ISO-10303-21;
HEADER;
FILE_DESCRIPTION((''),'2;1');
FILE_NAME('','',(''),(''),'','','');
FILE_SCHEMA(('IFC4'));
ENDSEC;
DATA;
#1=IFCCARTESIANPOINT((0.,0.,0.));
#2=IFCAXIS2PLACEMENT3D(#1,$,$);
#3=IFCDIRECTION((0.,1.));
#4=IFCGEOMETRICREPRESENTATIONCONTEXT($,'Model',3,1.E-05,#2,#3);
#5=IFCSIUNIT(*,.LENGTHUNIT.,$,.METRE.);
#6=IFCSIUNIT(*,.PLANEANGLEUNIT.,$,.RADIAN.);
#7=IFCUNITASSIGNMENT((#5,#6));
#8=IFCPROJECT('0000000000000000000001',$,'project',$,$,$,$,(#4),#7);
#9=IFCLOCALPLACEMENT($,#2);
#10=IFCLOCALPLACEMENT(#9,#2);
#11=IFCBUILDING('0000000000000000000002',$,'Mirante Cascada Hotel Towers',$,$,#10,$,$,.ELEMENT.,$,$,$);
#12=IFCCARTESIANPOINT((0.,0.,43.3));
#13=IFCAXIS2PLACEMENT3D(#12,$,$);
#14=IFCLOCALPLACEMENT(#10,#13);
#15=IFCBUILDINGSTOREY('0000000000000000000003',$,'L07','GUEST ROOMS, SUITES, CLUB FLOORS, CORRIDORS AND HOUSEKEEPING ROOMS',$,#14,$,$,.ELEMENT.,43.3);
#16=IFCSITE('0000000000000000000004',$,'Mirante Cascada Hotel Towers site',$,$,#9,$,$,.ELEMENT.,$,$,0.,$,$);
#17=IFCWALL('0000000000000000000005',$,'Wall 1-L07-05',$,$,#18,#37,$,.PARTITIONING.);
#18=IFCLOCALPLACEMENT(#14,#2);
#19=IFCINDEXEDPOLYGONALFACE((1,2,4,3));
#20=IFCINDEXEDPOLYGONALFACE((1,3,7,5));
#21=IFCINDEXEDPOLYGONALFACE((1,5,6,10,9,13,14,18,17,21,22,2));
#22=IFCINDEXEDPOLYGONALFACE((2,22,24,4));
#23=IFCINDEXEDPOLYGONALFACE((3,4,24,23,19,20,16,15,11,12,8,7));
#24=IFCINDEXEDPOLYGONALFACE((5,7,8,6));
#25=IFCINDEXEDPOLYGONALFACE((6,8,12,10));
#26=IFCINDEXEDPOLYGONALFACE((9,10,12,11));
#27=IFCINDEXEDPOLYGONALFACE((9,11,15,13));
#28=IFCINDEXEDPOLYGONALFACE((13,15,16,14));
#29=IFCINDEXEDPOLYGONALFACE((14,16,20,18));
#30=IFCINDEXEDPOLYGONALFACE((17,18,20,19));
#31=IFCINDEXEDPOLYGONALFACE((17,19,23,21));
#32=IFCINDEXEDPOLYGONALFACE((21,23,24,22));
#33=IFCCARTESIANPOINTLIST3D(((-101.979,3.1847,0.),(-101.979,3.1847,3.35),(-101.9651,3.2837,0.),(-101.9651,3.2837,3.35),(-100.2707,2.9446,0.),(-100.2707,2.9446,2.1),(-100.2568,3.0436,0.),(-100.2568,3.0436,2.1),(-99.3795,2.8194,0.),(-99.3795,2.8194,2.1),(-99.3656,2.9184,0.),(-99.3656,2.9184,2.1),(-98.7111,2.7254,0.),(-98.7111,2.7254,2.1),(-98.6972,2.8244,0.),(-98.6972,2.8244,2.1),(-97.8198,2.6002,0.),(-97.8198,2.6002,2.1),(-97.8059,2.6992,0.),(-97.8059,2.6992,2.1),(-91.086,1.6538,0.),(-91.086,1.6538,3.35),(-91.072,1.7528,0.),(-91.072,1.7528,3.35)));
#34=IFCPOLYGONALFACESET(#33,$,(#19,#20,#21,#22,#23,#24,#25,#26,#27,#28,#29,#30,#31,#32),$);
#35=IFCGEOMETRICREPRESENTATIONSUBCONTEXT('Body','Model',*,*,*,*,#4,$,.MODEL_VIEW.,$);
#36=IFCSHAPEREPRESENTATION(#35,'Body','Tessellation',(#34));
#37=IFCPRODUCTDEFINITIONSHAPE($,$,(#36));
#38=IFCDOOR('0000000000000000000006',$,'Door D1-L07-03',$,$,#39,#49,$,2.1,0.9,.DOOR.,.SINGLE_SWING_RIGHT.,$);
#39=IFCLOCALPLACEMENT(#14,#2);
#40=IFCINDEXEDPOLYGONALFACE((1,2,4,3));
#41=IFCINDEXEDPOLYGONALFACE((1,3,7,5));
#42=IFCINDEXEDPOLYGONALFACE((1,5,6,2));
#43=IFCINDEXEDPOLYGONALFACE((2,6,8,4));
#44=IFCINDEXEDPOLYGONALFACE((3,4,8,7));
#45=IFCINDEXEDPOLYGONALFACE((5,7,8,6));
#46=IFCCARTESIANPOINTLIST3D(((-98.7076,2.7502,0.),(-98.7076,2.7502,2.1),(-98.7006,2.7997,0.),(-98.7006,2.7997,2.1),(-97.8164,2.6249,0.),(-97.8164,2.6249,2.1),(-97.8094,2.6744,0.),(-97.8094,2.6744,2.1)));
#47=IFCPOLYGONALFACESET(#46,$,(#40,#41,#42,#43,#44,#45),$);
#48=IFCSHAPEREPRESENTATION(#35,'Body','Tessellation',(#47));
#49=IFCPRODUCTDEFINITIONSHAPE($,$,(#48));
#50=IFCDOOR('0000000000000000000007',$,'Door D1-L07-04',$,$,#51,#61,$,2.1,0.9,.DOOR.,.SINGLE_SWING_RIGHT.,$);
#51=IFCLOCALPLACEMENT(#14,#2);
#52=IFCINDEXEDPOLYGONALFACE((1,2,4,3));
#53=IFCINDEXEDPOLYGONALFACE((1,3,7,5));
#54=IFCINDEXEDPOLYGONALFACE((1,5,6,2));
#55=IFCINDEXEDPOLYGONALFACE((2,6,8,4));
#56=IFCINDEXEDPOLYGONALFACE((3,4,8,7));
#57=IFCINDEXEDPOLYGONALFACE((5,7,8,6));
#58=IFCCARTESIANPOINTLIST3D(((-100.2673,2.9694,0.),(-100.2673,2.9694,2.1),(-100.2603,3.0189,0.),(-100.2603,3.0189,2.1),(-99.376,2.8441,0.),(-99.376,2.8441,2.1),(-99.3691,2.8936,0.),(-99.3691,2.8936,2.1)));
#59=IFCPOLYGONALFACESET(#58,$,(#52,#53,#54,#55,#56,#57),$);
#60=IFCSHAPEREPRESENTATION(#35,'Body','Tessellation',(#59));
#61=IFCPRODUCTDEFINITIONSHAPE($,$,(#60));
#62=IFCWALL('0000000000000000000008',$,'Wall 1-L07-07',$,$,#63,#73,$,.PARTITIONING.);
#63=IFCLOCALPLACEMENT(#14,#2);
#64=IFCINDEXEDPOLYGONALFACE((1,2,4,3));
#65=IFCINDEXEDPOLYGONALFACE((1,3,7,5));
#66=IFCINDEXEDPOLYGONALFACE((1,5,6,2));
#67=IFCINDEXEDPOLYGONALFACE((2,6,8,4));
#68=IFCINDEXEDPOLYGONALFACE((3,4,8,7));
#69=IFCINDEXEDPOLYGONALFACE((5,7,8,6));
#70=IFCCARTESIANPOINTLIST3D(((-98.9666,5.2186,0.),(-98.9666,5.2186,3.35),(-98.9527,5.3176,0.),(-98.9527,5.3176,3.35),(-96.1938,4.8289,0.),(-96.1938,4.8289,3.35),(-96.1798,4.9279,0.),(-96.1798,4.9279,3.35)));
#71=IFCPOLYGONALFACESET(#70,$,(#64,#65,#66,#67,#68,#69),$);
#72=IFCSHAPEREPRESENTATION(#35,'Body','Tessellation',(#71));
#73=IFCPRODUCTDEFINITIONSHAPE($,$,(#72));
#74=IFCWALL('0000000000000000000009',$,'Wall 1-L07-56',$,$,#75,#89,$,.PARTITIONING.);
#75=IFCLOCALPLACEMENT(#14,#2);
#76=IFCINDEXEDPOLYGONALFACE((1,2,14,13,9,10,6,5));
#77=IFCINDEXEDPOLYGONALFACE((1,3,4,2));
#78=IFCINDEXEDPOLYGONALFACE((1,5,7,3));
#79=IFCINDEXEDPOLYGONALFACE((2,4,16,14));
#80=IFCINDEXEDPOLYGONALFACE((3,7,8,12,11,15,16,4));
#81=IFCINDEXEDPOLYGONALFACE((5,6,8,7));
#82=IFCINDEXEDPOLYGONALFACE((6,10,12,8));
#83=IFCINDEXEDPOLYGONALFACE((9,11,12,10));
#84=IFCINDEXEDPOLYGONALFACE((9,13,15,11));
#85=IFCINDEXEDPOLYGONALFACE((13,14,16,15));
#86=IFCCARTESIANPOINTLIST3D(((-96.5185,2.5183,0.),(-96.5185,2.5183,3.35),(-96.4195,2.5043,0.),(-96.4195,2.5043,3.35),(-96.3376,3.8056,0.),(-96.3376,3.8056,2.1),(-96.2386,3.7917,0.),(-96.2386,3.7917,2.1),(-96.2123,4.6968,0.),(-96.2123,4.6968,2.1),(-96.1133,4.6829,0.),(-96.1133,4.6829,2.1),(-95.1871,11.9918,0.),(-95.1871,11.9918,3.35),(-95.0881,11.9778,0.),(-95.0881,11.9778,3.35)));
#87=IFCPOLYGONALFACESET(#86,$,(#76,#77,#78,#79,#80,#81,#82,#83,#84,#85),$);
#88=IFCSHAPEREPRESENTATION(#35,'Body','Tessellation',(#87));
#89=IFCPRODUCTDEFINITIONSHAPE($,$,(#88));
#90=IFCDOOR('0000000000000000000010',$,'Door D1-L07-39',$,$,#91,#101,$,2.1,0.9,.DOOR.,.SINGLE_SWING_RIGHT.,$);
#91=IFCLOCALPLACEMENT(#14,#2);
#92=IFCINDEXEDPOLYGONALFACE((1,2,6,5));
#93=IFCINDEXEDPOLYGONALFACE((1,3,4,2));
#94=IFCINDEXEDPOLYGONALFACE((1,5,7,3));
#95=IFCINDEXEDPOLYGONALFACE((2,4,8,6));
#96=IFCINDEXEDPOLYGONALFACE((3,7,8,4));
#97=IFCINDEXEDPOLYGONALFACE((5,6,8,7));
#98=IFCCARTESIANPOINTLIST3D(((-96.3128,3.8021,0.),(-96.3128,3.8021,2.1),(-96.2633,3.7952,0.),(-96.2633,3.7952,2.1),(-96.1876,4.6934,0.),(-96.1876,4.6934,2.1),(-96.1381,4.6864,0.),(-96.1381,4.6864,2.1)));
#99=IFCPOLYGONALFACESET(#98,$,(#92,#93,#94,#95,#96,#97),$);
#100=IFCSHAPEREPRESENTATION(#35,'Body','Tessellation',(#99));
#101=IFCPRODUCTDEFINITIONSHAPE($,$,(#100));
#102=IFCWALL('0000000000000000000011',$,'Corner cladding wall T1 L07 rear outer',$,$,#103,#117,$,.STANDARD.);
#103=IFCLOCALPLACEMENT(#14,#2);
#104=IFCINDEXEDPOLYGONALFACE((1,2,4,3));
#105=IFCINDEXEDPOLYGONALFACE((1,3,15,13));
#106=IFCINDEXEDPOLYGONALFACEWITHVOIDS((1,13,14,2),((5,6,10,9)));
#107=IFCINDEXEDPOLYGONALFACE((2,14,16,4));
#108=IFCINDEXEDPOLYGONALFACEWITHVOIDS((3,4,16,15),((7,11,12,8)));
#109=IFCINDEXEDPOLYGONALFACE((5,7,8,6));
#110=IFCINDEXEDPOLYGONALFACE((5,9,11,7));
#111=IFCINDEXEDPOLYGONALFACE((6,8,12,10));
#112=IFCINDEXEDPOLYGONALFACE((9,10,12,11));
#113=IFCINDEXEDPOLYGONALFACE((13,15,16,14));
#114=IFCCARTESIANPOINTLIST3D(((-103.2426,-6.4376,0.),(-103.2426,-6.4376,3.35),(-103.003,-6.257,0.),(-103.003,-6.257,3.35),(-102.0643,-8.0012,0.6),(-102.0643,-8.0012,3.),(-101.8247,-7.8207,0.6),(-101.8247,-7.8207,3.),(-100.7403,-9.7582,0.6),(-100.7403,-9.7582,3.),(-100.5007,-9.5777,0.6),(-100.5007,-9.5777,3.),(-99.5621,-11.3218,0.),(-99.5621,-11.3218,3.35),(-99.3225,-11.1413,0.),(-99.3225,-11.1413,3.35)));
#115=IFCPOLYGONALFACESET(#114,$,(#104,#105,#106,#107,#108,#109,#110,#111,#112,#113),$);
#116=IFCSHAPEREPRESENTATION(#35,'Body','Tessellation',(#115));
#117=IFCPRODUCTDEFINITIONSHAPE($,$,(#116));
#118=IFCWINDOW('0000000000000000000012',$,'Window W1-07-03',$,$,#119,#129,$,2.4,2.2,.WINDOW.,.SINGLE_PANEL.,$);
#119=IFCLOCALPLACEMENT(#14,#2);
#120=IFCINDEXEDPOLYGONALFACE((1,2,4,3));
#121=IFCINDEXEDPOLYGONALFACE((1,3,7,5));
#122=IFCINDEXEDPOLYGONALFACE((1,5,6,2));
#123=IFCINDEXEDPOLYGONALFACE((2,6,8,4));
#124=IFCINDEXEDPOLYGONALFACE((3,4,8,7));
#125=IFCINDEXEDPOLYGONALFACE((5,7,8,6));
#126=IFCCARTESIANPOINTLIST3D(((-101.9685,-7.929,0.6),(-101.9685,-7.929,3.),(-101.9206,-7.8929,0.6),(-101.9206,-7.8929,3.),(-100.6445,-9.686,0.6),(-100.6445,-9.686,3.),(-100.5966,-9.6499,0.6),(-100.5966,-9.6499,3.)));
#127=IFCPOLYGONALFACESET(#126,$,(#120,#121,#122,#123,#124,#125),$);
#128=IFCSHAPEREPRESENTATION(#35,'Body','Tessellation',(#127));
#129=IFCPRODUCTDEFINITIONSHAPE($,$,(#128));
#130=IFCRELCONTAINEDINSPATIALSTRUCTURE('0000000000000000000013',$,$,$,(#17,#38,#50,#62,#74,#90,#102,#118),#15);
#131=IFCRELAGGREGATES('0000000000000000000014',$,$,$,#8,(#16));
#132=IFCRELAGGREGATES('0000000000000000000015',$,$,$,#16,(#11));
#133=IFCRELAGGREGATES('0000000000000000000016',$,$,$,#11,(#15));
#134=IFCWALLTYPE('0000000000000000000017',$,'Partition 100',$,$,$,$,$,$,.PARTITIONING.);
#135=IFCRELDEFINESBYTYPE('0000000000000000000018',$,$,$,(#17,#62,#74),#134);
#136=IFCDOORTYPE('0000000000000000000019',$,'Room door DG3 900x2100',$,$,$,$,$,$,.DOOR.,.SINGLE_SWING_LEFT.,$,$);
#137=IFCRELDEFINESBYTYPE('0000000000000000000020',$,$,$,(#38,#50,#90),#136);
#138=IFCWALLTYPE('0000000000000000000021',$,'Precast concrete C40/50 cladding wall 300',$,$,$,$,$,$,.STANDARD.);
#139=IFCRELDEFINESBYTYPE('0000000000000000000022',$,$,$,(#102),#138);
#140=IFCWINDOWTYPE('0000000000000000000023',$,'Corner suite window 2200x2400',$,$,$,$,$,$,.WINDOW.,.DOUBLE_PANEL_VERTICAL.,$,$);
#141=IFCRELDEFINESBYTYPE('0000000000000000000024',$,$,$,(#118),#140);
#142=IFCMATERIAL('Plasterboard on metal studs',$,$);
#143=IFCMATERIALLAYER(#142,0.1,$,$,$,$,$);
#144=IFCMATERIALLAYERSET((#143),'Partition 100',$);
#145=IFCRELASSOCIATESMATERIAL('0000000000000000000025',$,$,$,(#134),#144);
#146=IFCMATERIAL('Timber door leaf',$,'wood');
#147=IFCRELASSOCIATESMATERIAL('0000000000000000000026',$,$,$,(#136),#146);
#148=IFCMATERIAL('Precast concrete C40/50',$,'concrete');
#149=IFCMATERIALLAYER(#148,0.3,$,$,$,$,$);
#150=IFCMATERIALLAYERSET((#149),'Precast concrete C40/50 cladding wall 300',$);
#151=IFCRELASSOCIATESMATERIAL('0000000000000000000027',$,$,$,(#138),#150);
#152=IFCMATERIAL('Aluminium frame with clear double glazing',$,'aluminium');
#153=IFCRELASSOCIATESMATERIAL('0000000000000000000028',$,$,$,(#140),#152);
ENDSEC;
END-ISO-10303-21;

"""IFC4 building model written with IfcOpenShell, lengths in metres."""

from ifc_helpers import new_model, si_unit, direction, frame, frame_2d, origin, place, context, subcontext, project, spatial, rectangle, extrude, material, layer, layer_set, type_object, element, fill, save


model = new_model("IFC4")

# Units and contexts
model_context = context("Model", 3, precision=1e-05, world=origin(), true_north=direction((0.0, 1.0)))
body_context = subcontext(model_context, "Body", "Model", "MODEL_VIEW")
ifc_project = project(units=[si_unit("LENGTHUNIT", "METRE"), si_unit("PLANEANGLEUNIT", "RADIAN")], contexts=[model_context])

# Site, building, storey
site_placement = place(None, origin())
site = spatial("IfcSite", under=ifc_project, at=site_placement, Name="Mirante Cascada Hotel Towers site", CompositionType="ELEMENT", RefElevation=0.0)
building_placement = place(site_placement, origin())
building = spatial("IfcBuilding", under=site, at=building_placement, Name="Mirante Cascada Hotel Towers", CompositionType="ELEMENT")
storey_placement = place(building_placement, frame((0.0, 0.0, 43.3)))
storey = spatial("IfcBuildingStorey", under=building, at=storey_placement, Name="L07", Description="GUEST ROOMS, SUITES, CLUB FLOORS, CORRIDORS AND HOUSEKEEPING ROOMS", CompositionType="ELEMENT", Elevation=43.3)

# Shared definitions
ifc_material_1 = material(Name="Plasterboard on metal studs")
ifc_layer_1 = layer(ifc_material_1, 0.1)
ifc_layer_set_1 = layer_set([ifc_layer_1], Name="Partition 100")
wall_type_1 = type_object("IfcWallType", Name="Partition 100", PredefinedType="PARTITIONING", material=ifc_layer_set_1)
ifc_material_2 = material(Name="Timber door leaf", Category="wood")
door_type = type_object("IfcDoorType", Name="Room door DG3 900x2100", OperationType="SINGLE_SWING_LEFT", PredefinedType="DOOR", material=ifc_material_2)

# Wall, openings, doors
wall_1_placement = place(storey_placement, frame((-101.972, 3.2342, 0.0), z_axis=(0.0, 0.0, 1.0), x_axis=(0.990268, -0.139172, 0.0)))
wall_1 = element("IfcWall", 1, at=wall_1_placement, inside=storey, type_object=wall_type_1, Name="Wall 1-L07-05", PredefinedType="PARTITIONING", context=body_context, shape_type="SweptSolid", body=[
    extrude(rectangle(XDim=11.0001, YDim=0.1, at=frame_2d((5.5, 0.0))), origin(), (0.0, 0.0, 1.0), 3.35),
])
opening_1_placement = place(wall_1_placement, frame((3.3, 0.0, 0.0)))
opening_1 = element("IfcOpeningElement", 2, at=opening_1_placement, cuts=wall_1, PredefinedType="OPENING", context=body_context, shape_type="SweptSolid", body=[
    extrude(rectangle(XDim=0.9, YDim=2.1, at=frame_2d((0.45, 1.05))), frame((0.0, 0.05, 0.0), z_axis=(0.0, -1.0, 0.0), x_axis=(1.0, 0.0, 0.0)), (0.0, 0.0, 1.0), 0.1),
])
opening_2_placement = place(wall_1_placement, frame((1.725, 0.0, 0.0)))
opening_2 = element("IfcOpeningElement", 3, at=opening_2_placement, cuts=wall_1, PredefinedType="OPENING", context=body_context, shape_type="SweptSolid", body=[
    extrude(rectangle(XDim=0.9, YDim=2.1, at=frame_2d((0.45, 1.05))), frame((0.0, 0.05, 0.0), z_axis=(0.0, -1.0, 0.0), x_axis=(1.0, 0.0, 0.0)), (0.0, 0.0, 1.0), 0.1),
])
door_1_placement = place(opening_1_placement, frame((0.9, 0.0, 0.0), z_axis=(0.0, 0.0, 1.0), x_axis=(-1.0, 0.0, 0.0)))
door_1 = element("IfcDoor", 4, at=door_1_placement, inside=storey, type_object=door_type, Name="Door D1-L07-03", OperationType="SINGLE_SWING_RIGHT", OverallHeight=2.1, OverallWidth=0.9, PredefinedType="DOOR", context=body_context, shape_type="SweptSolid", body=[
    extrude(rectangle(XDim=0.9, YDim=2.1, at=frame_2d((0.45, 1.05))), frame((0.0, 0.025, 0.0), z_axis=(0.0, -1.0, 0.0), x_axis=(1.0, 0.0, 0.0)), (0.0, 0.0, 1.0), 0.05),
])
fill(opening_1, door_1)
door_2_placement = place(opening_2_placement, frame((0.9, 0.0, 0.0), z_axis=(0.0, 0.0, 1.0), x_axis=(-1.0, 0.0, 0.0)))
door_2 = element("IfcDoor", 5, at=door_2_placement, inside=storey, type_object=door_type, Name="Door D1-L07-04", OperationType="SINGLE_SWING_RIGHT", OverallHeight=2.1, OverallWidth=0.9, PredefinedType="DOOR", context=body_context, shape_type="SweptSolid", body=[
    extrude(rectangle(XDim=0.9, YDim=2.1, at=frame_2d((0.45, 1.05))), frame((0.0, 0.025, 0.0), z_axis=(0.0, -1.0, 0.0), x_axis=(1.0, 0.0, 0.0)), (0.0, 0.0, 1.0), 0.05),
])
fill(opening_2, door_2)

# Wall
wall_2_placement = place(storey_placement, frame((-98.9596, 5.2681, 0.0), z_axis=(0.0, 0.0, 1.0), x_axis=(0.990268, -0.139176, 0.0)))
element("IfcWall", 6, at=wall_2_placement, inside=storey, type_object=wall_type_1, Name="Wall 1-L07-07", PredefinedType="PARTITIONING", context=body_context, shape_type="SweptSolid", body=[
    extrude(rectangle(XDim=2.8001, YDim=0.1, at=frame_2d((1.4, 0.0))), origin(), (0.0, 0.0, 1.0), 3.35),
])

# Wall, opening, door
wall_3_placement = place(storey_placement, frame((-96.469, 2.5113, 0.0), z_axis=(0.0, 0.0, 1.0), x_axis=(0.139172, 0.990268, 0.0)))
wall_3 = element("IfcWall", 7, at=wall_3_placement, inside=storey, type_object=wall_type_1, Name="Wall 1-L07-56", PredefinedType="PARTITIONING", context=body_context, shape_type="SweptSolid", body=[
    extrude(rectangle(XDim=9.5666, YDim=0.1, at=frame_2d((4.7833, 0.0))), origin(), (0.0, 0.0, 1.0), 3.35),
])
opening_3_placement = place(wall_3_placement, frame((1.3, 0.0, 0.0)))
opening_3 = element("IfcOpeningElement", 8, at=opening_3_placement, cuts=wall_3, PredefinedType="OPENING", context=body_context, shape_type="SweptSolid", body=[
    extrude(rectangle(XDim=0.9, YDim=2.1, at=frame_2d((0.45, 1.05))), frame((0.0, 0.05, 0.0), z_axis=(0.0, -1.0, 0.0), x_axis=(1.0, 0.0, 0.0)), (0.0, 0.0, 1.0), 0.1),
])
door_3_placement = place(opening_3_placement, frame((0.9, 0.0, 0.0), z_axis=(0.0, 0.0, 1.0), x_axis=(-1.0, 0.0, 0.0)))
door_3 = element("IfcDoor", 9, at=door_3_placement, inside=storey, type_object=door_type, Name="Door D1-L07-39", OperationType="SINGLE_SWING_RIGHT", OverallHeight=2.1, OverallWidth=0.9, PredefinedType="DOOR", context=body_context, shape_type="SweptSolid", body=[
    extrude(rectangle(XDim=0.9, YDim=2.1, at=frame_2d((0.45, 1.05))), frame((0.0, 0.025, 0.0), z_axis=(0.0, -1.0, 0.0), x_axis=(1.0, 0.0, 0.0)), (0.0, 0.0, 1.0), 0.05),
])
fill(opening_3, door_3)

# Wall, opening, window
ifc_material_3 = material(Name="Precast concrete C40/50", Category="concrete")
ifc_layer_2 = layer(ifc_material_3, 0.3)
ifc_layer_set_2 = layer_set([ifc_layer_2], Name="Precast concrete C40/50 cladding wall 300")
wall_type_2 = type_object("IfcWallType", Name="Precast concrete C40/50 cladding wall 300", PredefinedType="STANDARD", material=ifc_layer_set_2)
wall_4_placement = place(storey_placement, frame((-99.4423, -11.2315, 0.0), z_axis=(0.0, 0.0, 1.0), x_axis=(-0.601814, 0.798636, 0.0)))
wall_4 = element("IfcWall", 10, at=wall_4_placement, inside=storey, type_object=wall_type_2, Name="Corner cladding wall T1 L07 rear outer", PredefinedType="STANDARD", context=body_context, shape_type="SweptSolid", body=[
    extrude(rectangle(XDim=6.1157, YDim=0.3, at=frame_2d((3.0578, 0.0))), origin(), (0.0, 0.0, 1.0), 3.35),
])
opening_4_placement = place(wall_4_placement, frame((1.9578, 0.0, 0.6)))
opening_4 = element("IfcOpeningElement", 11, at=opening_4_placement, cuts=wall_4, PredefinedType="OPENING", context=body_context, shape_type="SweptSolid", body=[
    extrude(rectangle(XDim=2.2, YDim=2.4, at=frame_2d((1.1, 1.2))), frame((0.0, 0.15, 0.0), z_axis=(0.0, -1.0, 0.0), x_axis=(1.0, 0.0, 0.0)), (0.0, 0.0, 1.0), 0.3),
])
ifc_material_4 = material(Name="Aluminium frame with clear double glazing", Category="aluminium")
window_type = type_object("IfcWindowType", Name="Corner suite window 2200x2400", PartitioningType="DOUBLE_PANEL_VERTICAL", PredefinedType="WINDOW", material=ifc_material_4)
window_placement = place(opening_4_placement, origin())
window = element("IfcWindow", 12, at=window_placement, inside=storey, type_object=window_type, Name="Window W1-07-03", OverallHeight=2.4, OverallWidth=2.2, PartitioningType="SINGLE_PANEL", PredefinedType="WINDOW", context=body_context, shape_type="SweptSolid", body=[
    extrude(rectangle(XDim=2.2, YDim=2.4, at=frame_2d((1.1, 1.2))), frame((0.0, 0.03, 0.0), z_axis=(0.0, -1.0, 0.0), x_axis=(1.0, 0.0, 0.0)), (0.0, 0.0, 1.0), 0.06),
])
fill(opening_4, window)

save(model, "model.ifc")
